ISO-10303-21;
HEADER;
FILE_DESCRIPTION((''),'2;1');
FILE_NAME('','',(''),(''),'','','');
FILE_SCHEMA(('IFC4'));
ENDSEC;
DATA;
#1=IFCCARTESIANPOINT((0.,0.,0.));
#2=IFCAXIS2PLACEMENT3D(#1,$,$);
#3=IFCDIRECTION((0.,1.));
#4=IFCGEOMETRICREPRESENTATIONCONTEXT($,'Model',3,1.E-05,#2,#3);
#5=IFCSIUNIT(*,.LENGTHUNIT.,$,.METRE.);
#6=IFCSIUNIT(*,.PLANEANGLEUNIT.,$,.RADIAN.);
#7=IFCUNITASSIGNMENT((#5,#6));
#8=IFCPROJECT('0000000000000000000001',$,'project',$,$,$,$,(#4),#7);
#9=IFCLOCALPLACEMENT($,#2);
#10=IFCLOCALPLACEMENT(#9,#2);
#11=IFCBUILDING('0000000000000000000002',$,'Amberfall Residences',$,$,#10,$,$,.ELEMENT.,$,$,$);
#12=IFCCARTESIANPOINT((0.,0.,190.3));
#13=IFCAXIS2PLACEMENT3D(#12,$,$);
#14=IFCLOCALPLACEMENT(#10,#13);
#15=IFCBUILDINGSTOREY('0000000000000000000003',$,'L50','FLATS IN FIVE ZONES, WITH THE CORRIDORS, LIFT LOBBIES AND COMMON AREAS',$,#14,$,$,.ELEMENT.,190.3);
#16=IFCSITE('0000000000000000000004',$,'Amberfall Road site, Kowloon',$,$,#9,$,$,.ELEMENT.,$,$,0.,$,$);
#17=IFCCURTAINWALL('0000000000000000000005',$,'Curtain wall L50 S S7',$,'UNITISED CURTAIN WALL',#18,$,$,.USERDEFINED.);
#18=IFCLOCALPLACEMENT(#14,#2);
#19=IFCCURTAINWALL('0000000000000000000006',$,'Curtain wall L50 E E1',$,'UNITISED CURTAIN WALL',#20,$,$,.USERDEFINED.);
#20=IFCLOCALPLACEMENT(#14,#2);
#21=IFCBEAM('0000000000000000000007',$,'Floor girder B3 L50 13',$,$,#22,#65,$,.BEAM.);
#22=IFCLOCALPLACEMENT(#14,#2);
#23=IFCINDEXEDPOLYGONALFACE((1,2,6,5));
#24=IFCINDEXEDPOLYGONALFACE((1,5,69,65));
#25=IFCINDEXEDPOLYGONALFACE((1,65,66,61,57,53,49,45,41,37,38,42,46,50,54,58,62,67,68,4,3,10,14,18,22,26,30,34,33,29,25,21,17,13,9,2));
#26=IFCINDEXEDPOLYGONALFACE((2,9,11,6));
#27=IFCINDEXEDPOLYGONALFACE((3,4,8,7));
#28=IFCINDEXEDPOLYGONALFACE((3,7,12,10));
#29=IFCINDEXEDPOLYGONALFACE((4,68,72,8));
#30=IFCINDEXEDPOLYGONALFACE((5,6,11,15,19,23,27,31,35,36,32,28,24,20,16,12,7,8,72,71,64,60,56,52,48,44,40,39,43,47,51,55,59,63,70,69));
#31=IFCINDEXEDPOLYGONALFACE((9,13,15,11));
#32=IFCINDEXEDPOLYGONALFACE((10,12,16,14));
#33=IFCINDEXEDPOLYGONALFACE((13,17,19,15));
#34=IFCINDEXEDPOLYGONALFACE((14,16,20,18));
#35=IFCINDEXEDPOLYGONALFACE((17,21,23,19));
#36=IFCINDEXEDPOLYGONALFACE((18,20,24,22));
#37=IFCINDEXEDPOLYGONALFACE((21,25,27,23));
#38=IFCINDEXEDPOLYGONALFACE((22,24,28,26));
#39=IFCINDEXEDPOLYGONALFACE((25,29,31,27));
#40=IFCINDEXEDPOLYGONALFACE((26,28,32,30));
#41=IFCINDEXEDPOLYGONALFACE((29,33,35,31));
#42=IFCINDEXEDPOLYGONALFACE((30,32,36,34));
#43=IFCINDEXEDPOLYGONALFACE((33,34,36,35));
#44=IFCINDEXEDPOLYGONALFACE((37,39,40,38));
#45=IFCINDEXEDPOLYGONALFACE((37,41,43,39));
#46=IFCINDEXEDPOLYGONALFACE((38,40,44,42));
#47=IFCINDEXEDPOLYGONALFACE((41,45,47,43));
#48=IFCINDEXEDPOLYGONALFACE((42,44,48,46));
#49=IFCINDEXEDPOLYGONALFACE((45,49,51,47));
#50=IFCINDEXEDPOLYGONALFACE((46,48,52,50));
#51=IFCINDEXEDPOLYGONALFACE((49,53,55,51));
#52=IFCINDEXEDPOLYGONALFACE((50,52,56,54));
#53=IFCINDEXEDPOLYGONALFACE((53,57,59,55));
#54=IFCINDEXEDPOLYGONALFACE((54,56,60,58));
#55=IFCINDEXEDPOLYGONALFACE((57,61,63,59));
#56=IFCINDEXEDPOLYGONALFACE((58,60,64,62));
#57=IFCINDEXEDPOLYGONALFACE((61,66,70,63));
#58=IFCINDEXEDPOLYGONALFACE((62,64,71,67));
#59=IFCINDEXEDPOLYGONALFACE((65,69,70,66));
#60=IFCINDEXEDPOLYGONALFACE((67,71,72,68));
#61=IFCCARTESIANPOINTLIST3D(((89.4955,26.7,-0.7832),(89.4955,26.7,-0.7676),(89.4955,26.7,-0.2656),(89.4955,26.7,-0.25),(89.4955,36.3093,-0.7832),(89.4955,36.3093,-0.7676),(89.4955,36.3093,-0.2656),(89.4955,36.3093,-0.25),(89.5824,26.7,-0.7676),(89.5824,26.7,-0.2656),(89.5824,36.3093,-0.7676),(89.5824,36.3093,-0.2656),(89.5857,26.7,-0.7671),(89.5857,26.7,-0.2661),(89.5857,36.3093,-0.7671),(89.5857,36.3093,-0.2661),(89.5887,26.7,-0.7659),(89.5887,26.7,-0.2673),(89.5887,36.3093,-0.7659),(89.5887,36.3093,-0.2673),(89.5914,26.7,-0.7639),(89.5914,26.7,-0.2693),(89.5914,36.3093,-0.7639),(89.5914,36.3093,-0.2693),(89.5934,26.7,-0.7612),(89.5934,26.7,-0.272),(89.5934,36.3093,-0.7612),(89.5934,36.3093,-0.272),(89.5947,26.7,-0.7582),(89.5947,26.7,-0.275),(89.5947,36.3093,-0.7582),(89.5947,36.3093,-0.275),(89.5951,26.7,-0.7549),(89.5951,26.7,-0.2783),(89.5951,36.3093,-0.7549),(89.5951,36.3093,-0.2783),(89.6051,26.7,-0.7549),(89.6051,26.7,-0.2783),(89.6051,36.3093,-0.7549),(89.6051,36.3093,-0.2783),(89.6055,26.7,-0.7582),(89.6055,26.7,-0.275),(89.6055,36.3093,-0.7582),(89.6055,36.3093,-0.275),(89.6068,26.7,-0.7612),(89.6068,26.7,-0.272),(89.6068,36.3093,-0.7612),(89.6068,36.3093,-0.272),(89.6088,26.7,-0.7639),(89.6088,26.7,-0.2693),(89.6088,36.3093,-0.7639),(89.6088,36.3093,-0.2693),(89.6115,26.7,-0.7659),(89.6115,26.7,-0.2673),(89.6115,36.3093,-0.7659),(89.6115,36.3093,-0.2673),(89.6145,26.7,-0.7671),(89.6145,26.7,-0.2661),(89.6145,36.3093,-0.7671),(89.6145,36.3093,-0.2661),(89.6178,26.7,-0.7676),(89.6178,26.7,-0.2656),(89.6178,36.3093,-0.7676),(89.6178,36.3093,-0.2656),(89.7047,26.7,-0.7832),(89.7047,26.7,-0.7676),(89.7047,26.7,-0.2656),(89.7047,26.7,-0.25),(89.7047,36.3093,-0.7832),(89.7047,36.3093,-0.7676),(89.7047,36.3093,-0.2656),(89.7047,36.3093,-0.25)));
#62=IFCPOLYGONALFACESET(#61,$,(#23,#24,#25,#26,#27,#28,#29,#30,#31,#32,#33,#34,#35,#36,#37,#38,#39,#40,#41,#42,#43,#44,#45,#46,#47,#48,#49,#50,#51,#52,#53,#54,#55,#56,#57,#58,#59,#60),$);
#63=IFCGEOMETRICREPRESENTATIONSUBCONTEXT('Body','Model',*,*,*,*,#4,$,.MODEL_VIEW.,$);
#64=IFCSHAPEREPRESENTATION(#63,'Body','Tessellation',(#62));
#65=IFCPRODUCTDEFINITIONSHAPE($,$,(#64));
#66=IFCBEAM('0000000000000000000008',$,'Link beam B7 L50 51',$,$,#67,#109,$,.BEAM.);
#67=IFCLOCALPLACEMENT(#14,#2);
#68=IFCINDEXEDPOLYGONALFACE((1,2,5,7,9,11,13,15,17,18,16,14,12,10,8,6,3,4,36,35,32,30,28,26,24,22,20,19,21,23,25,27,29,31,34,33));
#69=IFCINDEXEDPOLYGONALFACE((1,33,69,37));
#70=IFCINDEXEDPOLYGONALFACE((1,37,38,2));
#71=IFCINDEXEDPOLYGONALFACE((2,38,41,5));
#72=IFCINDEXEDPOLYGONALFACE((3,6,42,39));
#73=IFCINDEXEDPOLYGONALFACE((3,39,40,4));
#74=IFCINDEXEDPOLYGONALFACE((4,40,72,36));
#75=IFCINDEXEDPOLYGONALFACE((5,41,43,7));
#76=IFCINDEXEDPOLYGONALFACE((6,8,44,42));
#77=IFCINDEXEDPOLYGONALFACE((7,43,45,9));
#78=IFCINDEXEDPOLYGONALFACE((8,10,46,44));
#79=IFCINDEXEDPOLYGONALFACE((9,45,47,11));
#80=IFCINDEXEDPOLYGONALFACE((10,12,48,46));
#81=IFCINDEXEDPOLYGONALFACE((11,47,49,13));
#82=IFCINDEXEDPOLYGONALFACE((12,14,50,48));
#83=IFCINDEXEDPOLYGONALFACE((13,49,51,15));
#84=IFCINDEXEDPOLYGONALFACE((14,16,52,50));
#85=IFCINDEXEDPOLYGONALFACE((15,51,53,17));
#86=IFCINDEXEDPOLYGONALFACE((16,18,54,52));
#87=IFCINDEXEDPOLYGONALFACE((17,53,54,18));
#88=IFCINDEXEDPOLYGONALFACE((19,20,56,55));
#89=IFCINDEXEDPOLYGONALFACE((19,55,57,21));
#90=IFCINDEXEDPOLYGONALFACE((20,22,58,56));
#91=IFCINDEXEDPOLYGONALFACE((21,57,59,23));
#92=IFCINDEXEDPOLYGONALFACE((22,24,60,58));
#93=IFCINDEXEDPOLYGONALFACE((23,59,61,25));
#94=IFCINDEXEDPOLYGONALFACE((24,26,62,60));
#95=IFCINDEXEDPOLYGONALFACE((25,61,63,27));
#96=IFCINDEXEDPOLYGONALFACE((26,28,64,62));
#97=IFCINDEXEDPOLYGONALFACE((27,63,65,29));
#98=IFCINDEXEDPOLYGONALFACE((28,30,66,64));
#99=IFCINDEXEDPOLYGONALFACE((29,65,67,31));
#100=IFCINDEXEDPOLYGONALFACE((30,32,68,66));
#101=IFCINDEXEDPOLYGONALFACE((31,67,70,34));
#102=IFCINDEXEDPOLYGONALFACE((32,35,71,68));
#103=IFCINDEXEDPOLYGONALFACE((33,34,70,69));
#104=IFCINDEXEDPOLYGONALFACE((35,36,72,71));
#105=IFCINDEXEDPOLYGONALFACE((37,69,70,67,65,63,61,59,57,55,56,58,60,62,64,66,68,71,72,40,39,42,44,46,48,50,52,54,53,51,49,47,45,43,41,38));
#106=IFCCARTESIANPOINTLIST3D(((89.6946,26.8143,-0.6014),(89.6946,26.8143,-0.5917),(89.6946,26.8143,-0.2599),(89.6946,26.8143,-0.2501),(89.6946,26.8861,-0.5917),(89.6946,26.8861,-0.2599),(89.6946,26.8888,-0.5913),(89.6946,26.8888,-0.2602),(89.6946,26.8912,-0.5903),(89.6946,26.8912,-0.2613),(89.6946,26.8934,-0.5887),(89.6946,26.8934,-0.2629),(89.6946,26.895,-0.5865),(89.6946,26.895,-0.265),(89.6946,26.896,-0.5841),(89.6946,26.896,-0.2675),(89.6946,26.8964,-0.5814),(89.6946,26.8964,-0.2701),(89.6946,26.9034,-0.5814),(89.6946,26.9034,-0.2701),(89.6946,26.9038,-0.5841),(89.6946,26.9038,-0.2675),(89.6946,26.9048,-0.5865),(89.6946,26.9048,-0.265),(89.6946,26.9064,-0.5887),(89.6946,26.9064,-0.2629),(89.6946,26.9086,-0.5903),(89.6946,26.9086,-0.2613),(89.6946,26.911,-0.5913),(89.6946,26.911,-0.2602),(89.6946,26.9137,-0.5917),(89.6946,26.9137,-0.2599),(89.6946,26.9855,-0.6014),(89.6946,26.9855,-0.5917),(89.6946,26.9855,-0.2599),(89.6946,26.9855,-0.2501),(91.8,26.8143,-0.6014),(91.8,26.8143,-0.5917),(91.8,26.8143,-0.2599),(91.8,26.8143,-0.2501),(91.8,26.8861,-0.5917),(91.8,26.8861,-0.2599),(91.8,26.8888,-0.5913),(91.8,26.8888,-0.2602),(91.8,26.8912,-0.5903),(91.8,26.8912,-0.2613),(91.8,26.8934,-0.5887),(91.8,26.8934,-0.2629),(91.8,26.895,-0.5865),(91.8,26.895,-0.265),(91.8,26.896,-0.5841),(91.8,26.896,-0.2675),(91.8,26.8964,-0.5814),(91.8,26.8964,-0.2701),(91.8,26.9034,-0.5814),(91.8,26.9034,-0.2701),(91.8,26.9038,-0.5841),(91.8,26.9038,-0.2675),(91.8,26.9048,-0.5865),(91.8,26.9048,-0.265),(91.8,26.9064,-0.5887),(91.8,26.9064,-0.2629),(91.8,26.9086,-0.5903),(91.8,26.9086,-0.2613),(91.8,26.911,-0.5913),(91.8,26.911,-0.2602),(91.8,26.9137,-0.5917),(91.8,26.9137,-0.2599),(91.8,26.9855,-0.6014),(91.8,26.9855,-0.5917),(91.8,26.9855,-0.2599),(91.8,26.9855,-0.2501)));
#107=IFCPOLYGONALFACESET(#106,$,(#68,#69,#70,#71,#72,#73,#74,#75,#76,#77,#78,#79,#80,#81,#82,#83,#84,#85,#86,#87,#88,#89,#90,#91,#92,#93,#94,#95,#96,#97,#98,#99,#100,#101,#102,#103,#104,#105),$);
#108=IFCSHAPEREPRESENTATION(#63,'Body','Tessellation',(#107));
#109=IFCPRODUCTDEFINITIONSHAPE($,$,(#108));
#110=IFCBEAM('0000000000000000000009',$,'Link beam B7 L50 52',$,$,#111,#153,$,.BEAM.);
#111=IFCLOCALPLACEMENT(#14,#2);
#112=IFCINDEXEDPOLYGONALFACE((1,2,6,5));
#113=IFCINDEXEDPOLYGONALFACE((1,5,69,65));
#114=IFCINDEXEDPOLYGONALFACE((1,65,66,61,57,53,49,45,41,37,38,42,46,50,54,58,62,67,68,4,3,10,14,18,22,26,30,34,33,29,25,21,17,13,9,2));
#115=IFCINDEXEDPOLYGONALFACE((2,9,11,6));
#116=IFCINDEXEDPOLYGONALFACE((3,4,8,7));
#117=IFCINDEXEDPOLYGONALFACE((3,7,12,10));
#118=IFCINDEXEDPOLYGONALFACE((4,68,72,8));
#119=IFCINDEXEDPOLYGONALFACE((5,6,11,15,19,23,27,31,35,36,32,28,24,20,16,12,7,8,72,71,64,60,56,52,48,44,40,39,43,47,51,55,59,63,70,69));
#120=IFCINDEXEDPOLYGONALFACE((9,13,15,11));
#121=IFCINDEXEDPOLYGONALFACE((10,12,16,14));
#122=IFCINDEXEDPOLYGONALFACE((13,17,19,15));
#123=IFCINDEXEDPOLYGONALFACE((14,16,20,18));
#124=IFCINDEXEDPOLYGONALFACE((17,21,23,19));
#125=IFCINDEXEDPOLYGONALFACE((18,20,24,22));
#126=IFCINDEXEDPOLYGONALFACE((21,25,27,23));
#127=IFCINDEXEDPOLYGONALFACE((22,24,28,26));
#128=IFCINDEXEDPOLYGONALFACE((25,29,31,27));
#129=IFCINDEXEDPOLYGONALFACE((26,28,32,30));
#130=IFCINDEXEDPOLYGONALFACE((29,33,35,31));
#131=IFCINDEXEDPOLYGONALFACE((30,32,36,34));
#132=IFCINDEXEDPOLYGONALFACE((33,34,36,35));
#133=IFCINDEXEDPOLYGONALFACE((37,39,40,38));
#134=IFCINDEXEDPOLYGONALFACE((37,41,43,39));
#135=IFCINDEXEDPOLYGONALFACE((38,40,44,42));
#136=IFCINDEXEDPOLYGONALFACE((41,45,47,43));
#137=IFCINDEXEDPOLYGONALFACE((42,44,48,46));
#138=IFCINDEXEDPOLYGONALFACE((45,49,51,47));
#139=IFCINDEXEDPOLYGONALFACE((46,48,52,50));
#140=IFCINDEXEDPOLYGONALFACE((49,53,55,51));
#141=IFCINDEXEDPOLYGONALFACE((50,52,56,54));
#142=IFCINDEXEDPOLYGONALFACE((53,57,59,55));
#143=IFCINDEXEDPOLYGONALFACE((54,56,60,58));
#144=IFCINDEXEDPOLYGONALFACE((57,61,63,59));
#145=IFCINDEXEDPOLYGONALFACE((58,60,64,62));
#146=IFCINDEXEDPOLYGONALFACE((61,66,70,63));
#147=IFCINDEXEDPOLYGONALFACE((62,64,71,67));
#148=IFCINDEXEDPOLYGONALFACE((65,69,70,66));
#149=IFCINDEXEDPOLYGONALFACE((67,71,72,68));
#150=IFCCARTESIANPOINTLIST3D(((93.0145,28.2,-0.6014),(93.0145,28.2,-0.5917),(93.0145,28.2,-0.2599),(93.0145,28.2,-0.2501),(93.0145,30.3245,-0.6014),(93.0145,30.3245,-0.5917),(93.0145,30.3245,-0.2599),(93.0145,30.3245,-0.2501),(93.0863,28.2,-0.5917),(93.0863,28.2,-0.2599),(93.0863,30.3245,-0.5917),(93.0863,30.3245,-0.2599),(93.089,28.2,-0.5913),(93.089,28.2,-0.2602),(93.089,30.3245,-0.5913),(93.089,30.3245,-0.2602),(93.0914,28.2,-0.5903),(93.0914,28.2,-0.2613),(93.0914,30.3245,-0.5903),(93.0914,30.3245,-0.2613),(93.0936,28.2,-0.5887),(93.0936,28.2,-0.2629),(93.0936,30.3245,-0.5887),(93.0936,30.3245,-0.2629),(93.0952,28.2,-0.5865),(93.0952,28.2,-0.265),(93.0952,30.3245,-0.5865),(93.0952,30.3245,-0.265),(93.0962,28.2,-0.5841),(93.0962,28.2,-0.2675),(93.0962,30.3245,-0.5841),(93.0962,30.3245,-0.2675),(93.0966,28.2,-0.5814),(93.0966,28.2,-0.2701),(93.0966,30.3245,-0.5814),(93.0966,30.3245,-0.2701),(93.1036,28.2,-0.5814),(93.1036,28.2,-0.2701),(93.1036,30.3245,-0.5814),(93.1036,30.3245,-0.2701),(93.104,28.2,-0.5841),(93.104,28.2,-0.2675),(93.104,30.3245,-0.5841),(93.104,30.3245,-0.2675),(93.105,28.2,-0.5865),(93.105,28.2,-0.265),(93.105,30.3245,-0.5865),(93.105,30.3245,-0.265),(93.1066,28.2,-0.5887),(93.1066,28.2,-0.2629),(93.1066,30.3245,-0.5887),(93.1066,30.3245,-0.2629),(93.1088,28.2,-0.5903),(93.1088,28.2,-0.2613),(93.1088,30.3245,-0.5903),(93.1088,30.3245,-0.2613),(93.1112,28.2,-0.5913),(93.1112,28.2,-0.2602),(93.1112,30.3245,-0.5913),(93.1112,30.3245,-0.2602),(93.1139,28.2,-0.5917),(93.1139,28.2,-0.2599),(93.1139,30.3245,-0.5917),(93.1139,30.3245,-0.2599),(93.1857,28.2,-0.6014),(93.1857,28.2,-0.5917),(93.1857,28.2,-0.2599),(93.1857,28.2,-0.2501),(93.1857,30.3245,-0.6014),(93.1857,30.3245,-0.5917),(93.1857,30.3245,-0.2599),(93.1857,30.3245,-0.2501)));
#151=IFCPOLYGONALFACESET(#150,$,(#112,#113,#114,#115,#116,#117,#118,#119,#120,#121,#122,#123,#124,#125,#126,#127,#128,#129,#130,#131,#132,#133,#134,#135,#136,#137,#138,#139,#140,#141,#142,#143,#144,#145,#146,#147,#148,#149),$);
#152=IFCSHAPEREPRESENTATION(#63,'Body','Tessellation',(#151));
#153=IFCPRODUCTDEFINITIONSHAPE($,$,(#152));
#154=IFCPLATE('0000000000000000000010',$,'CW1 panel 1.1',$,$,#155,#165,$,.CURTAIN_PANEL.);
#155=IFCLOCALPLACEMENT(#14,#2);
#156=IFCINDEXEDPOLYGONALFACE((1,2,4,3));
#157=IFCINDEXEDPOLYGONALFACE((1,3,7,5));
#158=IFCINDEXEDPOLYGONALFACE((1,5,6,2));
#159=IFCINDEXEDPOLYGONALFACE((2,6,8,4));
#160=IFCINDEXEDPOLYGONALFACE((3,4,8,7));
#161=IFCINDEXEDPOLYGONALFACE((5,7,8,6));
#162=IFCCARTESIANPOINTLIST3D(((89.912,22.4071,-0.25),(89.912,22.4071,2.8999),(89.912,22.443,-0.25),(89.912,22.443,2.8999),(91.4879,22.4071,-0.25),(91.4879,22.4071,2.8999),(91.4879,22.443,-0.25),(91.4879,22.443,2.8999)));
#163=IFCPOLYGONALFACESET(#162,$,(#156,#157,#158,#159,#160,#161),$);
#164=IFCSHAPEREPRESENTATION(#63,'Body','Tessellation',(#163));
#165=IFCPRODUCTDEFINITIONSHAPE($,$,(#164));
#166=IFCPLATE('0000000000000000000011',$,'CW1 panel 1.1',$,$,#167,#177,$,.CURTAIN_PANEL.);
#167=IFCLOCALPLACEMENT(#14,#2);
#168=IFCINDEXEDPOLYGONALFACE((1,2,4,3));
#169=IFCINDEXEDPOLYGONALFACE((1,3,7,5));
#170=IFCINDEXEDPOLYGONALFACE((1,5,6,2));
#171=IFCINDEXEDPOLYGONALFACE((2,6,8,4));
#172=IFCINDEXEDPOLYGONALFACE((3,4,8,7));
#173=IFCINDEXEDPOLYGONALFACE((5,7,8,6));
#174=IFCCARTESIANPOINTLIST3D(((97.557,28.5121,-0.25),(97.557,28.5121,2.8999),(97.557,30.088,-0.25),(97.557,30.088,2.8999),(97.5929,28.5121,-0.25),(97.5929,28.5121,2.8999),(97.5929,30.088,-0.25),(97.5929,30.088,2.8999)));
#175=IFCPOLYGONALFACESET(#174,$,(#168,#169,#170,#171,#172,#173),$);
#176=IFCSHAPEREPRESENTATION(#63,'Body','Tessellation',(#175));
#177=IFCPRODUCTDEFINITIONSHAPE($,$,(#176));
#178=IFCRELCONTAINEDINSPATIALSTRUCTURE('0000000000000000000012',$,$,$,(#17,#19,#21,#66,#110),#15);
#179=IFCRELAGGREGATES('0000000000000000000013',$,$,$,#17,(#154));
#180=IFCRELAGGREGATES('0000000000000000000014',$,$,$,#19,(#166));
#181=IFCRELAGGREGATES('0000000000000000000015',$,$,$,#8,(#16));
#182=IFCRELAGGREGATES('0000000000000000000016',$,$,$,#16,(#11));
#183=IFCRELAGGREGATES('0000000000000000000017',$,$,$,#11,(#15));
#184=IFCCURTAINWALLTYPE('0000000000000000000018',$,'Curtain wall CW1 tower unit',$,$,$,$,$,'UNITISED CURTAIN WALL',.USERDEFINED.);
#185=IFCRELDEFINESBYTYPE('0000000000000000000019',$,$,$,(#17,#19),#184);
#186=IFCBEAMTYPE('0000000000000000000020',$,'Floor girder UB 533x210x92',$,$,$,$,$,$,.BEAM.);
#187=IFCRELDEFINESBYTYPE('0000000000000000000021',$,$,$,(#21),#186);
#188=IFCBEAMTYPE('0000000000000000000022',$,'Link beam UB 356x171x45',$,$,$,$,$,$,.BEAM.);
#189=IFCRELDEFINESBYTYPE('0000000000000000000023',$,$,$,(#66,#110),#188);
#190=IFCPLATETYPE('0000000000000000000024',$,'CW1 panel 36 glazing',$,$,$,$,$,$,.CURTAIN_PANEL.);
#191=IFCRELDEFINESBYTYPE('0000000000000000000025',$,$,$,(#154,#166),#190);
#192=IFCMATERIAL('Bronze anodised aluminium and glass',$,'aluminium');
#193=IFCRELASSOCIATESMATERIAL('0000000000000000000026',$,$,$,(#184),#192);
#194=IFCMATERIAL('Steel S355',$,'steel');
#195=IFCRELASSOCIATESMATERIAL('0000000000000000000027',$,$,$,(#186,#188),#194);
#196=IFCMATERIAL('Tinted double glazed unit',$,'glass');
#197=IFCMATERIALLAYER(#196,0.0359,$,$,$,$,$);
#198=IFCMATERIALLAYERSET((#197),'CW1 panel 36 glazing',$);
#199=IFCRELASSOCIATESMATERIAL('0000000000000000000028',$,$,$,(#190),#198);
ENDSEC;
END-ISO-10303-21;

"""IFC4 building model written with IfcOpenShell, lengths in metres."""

from ifc_helpers import new_model, si_unit, direction, frame, origin, origin_2d, place, context, subcontext, project, spatial, rectangle, i_section, extrude, material, layer, layer_set, material_profile, profile_set, type_object, element, aggregate, save


model = new_model("IFC4")

# Units and contexts
model_context = context("Model", 3, precision=1e-05, world=origin(), true_north=direction((0.0, 1.0)))
body_context = subcontext(model_context, "Body", "Model", "MODEL_VIEW")
ifc_project = project(units=[si_unit("LENGTHUNIT", "METRE"), si_unit("PLANEANGLEUNIT", "RADIAN")], contexts=[model_context])

# Site, building, storey
site_placement = place(None, origin())
site = spatial("IfcSite", under=ifc_project, at=site_placement, Name="Amberfall Road site, Kowloon", CompositionType="ELEMENT", RefElevation=0.0)
building_placement = place(site_placement, origin())
building = spatial("IfcBuilding", under=site, at=building_placement, Name="Amberfall Residences", CompositionType="ELEMENT")
storey_placement = place(building_placement, frame((0.0, 0.0, 190.3)))
storey = spatial("IfcBuildingStorey", under=building, at=storey_placement, Name="L50", Description="FLATS IN FIVE ZONES, WITH THE CORRIDORS, LIFT LOBBIES AND COMMON AREAS", CompositionType="ELEMENT", Elevation=190.3)

# Curtain walls
ifc_material_1 = material(Name="Bronze anodised aluminium and glass", Category="aluminium")
curtain_wall_type = type_object("IfcCurtainWallType", Name="Curtain wall CW1 tower unit", ElementType="UNITISED CURTAIN WALL", PredefinedType="USERDEFINED", material=ifc_material_1)
curtain_wall_1_placement = place(storey_placement, origin())
curtain_wall_1 = element("IfcCurtainWall", 1, at=curtain_wall_1_placement, inside=storey, type_object=curtain_wall_type, Name="Curtain wall L50 S S7", ObjectType="UNITISED CURTAIN WALL", PredefinedType="USERDEFINED")
curtain_wall_2_placement = place(storey_placement, origin())
curtain_wall_2 = element("IfcCurtainWall", 2, at=curtain_wall_2_placement, inside=storey, type_object=curtain_wall_type, Name="Curtain wall L50 E E1", ObjectType="UNITISED CURTAIN WALL", PredefinedType="USERDEFINED")

# Beams
ifc_material_2 = material(Name="Steel S355", Category="steel")
ifc_material_profile_1 = material_profile(ifc_material_2, i_section(OverallWidth=0.2092, OverallDepth=0.5332, WebThickness=0.01, FlangeThickness=0.0156, FilletRadius=0.0127, at=origin_2d()), Name="UB 533x210x92")
ifc_profile_set_1 = profile_set([ifc_material_profile_1], Name="Steel S355")
beam_type_1 = type_object("IfcBeamType", Name="Floor girder UB 533x210x92", PredefinedType="BEAM", material=ifc_profile_set_1)
beam_1_placement = place(storey_placement, frame((89.6001, 26.7, -0.5166), z_axis=(0.0, 1.0, 0.0), x_axis=(-1.0, 0.0, 0.0)))
element("IfcBeam", 3, at=beam_1_placement, inside=storey, type_object=beam_type_1, Name="Floor girder B3 L50 13", PredefinedType="BEAM", context=body_context, shape_type="SweptSolid", body=[
    extrude(i_section(OverallWidth=0.2092, OverallDepth=0.5332, WebThickness=0.01, FlangeThickness=0.0156, FilletRadius=0.0127, at=origin_2d()), origin(), (0.0, 0.0, 1.0), 9.6094),
])
ifc_material_profile_2 = material_profile(ifc_material_2, i_section(OverallWidth=0.1711, OverallDepth=0.3513, WebThickness=0.0071, FlangeThickness=0.0098, FilletRadius=0.0103, at=origin_2d()), Name="UB 356x171x45")
ifc_profile_set_2 = profile_set([ifc_material_profile_2], Name="Steel S355")
beam_type_2 = type_object("IfcBeamType", Name="Link beam UB 356x171x45", PredefinedType="BEAM", material=ifc_profile_set_2)
beam_2_placement = place(storey_placement, frame((91.8, 26.8999, -0.4258), z_axis=(-1.0, 0.0, 0.0), x_axis=(0.0, -1.0, 0.0)))
element("IfcBeam", 4, at=beam_2_placement, inside=storey, type_object=beam_type_2, Name="Link beam B7 L50 51", PredefinedType="BEAM", context=body_context, shape_type="SweptSolid", body=[
    extrude(i_section(OverallWidth=0.1711, OverallDepth=0.3513, WebThickness=0.0071, FlangeThickness=0.0098, FilletRadius=0.0103, at=origin_2d()), origin(), (0.0, 0.0, 1.0), 2.1055),
])
beam_3_placement = place(storey_placement, frame((93.1001, 28.2, -0.4258), z_axis=(0.0, 1.0, 0.0), x_axis=(-1.0, 0.0, 0.0)))
element("IfcBeam", 5, at=beam_3_placement, inside=storey, type_object=beam_type_2, Name="Link beam B7 L50 52", PredefinedType="BEAM", context=body_context, shape_type="SweptSolid", body=[
    extrude(i_section(OverallWidth=0.1711, OverallDepth=0.3513, WebThickness=0.0071, FlangeThickness=0.0098, FilletRadius=0.0103, at=origin_2d()), origin(), (0.0, 0.0, 1.0), 2.1245),
])

# Plates
ifc_material_3 = material(Name="Tinted double glazed unit", Category="glass")
ifc_layer_1 = layer(ifc_material_3, 0.0359)
ifc_layer_set_1 = layer_set([ifc_layer_1], Name="CW1 panel 36 glazing")
plate_type = type_object("IfcPlateType", Name="CW1 panel 36 glazing", PredefinedType="CURTAIN_PANEL", material=ifc_layer_set_1)
plate_1_placement = place(storey_placement, frame((90.7, 22.425, -0.25), z_axis=(0.0, 0.0, 1.0), x_axis=(1.0, 0.0, 0.0)))
plate_1 = element("IfcPlate", 6, at=plate_1_placement, type_object=plate_type, Name="CW1 panel 1.1", PredefinedType="CURTAIN_PANEL", context=body_context, shape_type="SweptSolid", body=[
    extrude(rectangle(XDim=1.5759, YDim=0.0359, at=origin_2d()), origin(), (0.0, 0.0, 1.0), 3.1499),
])
aggregate(curtain_wall_1, [plate_1])
plate_2_placement = place(storey_placement, frame((97.575, 29.3, -0.25), z_axis=(0.0, 0.0, 1.0), x_axis=(0.0, 1.0, 0.0)))
plate_2 = element("IfcPlate", 7, at=plate_2_placement, type_object=plate_type, Name="CW1 panel 1.1", PredefinedType="CURTAIN_PANEL", context=body_context, shape_type="SweptSolid", body=[
    extrude(rectangle(XDim=1.5759, YDim=0.0359, at=origin_2d()), origin(), (0.0, 0.0, 1.0), 3.1499),
])
aggregate(curtain_wall_2, [plate_2])

save(model, "model.ifc")
